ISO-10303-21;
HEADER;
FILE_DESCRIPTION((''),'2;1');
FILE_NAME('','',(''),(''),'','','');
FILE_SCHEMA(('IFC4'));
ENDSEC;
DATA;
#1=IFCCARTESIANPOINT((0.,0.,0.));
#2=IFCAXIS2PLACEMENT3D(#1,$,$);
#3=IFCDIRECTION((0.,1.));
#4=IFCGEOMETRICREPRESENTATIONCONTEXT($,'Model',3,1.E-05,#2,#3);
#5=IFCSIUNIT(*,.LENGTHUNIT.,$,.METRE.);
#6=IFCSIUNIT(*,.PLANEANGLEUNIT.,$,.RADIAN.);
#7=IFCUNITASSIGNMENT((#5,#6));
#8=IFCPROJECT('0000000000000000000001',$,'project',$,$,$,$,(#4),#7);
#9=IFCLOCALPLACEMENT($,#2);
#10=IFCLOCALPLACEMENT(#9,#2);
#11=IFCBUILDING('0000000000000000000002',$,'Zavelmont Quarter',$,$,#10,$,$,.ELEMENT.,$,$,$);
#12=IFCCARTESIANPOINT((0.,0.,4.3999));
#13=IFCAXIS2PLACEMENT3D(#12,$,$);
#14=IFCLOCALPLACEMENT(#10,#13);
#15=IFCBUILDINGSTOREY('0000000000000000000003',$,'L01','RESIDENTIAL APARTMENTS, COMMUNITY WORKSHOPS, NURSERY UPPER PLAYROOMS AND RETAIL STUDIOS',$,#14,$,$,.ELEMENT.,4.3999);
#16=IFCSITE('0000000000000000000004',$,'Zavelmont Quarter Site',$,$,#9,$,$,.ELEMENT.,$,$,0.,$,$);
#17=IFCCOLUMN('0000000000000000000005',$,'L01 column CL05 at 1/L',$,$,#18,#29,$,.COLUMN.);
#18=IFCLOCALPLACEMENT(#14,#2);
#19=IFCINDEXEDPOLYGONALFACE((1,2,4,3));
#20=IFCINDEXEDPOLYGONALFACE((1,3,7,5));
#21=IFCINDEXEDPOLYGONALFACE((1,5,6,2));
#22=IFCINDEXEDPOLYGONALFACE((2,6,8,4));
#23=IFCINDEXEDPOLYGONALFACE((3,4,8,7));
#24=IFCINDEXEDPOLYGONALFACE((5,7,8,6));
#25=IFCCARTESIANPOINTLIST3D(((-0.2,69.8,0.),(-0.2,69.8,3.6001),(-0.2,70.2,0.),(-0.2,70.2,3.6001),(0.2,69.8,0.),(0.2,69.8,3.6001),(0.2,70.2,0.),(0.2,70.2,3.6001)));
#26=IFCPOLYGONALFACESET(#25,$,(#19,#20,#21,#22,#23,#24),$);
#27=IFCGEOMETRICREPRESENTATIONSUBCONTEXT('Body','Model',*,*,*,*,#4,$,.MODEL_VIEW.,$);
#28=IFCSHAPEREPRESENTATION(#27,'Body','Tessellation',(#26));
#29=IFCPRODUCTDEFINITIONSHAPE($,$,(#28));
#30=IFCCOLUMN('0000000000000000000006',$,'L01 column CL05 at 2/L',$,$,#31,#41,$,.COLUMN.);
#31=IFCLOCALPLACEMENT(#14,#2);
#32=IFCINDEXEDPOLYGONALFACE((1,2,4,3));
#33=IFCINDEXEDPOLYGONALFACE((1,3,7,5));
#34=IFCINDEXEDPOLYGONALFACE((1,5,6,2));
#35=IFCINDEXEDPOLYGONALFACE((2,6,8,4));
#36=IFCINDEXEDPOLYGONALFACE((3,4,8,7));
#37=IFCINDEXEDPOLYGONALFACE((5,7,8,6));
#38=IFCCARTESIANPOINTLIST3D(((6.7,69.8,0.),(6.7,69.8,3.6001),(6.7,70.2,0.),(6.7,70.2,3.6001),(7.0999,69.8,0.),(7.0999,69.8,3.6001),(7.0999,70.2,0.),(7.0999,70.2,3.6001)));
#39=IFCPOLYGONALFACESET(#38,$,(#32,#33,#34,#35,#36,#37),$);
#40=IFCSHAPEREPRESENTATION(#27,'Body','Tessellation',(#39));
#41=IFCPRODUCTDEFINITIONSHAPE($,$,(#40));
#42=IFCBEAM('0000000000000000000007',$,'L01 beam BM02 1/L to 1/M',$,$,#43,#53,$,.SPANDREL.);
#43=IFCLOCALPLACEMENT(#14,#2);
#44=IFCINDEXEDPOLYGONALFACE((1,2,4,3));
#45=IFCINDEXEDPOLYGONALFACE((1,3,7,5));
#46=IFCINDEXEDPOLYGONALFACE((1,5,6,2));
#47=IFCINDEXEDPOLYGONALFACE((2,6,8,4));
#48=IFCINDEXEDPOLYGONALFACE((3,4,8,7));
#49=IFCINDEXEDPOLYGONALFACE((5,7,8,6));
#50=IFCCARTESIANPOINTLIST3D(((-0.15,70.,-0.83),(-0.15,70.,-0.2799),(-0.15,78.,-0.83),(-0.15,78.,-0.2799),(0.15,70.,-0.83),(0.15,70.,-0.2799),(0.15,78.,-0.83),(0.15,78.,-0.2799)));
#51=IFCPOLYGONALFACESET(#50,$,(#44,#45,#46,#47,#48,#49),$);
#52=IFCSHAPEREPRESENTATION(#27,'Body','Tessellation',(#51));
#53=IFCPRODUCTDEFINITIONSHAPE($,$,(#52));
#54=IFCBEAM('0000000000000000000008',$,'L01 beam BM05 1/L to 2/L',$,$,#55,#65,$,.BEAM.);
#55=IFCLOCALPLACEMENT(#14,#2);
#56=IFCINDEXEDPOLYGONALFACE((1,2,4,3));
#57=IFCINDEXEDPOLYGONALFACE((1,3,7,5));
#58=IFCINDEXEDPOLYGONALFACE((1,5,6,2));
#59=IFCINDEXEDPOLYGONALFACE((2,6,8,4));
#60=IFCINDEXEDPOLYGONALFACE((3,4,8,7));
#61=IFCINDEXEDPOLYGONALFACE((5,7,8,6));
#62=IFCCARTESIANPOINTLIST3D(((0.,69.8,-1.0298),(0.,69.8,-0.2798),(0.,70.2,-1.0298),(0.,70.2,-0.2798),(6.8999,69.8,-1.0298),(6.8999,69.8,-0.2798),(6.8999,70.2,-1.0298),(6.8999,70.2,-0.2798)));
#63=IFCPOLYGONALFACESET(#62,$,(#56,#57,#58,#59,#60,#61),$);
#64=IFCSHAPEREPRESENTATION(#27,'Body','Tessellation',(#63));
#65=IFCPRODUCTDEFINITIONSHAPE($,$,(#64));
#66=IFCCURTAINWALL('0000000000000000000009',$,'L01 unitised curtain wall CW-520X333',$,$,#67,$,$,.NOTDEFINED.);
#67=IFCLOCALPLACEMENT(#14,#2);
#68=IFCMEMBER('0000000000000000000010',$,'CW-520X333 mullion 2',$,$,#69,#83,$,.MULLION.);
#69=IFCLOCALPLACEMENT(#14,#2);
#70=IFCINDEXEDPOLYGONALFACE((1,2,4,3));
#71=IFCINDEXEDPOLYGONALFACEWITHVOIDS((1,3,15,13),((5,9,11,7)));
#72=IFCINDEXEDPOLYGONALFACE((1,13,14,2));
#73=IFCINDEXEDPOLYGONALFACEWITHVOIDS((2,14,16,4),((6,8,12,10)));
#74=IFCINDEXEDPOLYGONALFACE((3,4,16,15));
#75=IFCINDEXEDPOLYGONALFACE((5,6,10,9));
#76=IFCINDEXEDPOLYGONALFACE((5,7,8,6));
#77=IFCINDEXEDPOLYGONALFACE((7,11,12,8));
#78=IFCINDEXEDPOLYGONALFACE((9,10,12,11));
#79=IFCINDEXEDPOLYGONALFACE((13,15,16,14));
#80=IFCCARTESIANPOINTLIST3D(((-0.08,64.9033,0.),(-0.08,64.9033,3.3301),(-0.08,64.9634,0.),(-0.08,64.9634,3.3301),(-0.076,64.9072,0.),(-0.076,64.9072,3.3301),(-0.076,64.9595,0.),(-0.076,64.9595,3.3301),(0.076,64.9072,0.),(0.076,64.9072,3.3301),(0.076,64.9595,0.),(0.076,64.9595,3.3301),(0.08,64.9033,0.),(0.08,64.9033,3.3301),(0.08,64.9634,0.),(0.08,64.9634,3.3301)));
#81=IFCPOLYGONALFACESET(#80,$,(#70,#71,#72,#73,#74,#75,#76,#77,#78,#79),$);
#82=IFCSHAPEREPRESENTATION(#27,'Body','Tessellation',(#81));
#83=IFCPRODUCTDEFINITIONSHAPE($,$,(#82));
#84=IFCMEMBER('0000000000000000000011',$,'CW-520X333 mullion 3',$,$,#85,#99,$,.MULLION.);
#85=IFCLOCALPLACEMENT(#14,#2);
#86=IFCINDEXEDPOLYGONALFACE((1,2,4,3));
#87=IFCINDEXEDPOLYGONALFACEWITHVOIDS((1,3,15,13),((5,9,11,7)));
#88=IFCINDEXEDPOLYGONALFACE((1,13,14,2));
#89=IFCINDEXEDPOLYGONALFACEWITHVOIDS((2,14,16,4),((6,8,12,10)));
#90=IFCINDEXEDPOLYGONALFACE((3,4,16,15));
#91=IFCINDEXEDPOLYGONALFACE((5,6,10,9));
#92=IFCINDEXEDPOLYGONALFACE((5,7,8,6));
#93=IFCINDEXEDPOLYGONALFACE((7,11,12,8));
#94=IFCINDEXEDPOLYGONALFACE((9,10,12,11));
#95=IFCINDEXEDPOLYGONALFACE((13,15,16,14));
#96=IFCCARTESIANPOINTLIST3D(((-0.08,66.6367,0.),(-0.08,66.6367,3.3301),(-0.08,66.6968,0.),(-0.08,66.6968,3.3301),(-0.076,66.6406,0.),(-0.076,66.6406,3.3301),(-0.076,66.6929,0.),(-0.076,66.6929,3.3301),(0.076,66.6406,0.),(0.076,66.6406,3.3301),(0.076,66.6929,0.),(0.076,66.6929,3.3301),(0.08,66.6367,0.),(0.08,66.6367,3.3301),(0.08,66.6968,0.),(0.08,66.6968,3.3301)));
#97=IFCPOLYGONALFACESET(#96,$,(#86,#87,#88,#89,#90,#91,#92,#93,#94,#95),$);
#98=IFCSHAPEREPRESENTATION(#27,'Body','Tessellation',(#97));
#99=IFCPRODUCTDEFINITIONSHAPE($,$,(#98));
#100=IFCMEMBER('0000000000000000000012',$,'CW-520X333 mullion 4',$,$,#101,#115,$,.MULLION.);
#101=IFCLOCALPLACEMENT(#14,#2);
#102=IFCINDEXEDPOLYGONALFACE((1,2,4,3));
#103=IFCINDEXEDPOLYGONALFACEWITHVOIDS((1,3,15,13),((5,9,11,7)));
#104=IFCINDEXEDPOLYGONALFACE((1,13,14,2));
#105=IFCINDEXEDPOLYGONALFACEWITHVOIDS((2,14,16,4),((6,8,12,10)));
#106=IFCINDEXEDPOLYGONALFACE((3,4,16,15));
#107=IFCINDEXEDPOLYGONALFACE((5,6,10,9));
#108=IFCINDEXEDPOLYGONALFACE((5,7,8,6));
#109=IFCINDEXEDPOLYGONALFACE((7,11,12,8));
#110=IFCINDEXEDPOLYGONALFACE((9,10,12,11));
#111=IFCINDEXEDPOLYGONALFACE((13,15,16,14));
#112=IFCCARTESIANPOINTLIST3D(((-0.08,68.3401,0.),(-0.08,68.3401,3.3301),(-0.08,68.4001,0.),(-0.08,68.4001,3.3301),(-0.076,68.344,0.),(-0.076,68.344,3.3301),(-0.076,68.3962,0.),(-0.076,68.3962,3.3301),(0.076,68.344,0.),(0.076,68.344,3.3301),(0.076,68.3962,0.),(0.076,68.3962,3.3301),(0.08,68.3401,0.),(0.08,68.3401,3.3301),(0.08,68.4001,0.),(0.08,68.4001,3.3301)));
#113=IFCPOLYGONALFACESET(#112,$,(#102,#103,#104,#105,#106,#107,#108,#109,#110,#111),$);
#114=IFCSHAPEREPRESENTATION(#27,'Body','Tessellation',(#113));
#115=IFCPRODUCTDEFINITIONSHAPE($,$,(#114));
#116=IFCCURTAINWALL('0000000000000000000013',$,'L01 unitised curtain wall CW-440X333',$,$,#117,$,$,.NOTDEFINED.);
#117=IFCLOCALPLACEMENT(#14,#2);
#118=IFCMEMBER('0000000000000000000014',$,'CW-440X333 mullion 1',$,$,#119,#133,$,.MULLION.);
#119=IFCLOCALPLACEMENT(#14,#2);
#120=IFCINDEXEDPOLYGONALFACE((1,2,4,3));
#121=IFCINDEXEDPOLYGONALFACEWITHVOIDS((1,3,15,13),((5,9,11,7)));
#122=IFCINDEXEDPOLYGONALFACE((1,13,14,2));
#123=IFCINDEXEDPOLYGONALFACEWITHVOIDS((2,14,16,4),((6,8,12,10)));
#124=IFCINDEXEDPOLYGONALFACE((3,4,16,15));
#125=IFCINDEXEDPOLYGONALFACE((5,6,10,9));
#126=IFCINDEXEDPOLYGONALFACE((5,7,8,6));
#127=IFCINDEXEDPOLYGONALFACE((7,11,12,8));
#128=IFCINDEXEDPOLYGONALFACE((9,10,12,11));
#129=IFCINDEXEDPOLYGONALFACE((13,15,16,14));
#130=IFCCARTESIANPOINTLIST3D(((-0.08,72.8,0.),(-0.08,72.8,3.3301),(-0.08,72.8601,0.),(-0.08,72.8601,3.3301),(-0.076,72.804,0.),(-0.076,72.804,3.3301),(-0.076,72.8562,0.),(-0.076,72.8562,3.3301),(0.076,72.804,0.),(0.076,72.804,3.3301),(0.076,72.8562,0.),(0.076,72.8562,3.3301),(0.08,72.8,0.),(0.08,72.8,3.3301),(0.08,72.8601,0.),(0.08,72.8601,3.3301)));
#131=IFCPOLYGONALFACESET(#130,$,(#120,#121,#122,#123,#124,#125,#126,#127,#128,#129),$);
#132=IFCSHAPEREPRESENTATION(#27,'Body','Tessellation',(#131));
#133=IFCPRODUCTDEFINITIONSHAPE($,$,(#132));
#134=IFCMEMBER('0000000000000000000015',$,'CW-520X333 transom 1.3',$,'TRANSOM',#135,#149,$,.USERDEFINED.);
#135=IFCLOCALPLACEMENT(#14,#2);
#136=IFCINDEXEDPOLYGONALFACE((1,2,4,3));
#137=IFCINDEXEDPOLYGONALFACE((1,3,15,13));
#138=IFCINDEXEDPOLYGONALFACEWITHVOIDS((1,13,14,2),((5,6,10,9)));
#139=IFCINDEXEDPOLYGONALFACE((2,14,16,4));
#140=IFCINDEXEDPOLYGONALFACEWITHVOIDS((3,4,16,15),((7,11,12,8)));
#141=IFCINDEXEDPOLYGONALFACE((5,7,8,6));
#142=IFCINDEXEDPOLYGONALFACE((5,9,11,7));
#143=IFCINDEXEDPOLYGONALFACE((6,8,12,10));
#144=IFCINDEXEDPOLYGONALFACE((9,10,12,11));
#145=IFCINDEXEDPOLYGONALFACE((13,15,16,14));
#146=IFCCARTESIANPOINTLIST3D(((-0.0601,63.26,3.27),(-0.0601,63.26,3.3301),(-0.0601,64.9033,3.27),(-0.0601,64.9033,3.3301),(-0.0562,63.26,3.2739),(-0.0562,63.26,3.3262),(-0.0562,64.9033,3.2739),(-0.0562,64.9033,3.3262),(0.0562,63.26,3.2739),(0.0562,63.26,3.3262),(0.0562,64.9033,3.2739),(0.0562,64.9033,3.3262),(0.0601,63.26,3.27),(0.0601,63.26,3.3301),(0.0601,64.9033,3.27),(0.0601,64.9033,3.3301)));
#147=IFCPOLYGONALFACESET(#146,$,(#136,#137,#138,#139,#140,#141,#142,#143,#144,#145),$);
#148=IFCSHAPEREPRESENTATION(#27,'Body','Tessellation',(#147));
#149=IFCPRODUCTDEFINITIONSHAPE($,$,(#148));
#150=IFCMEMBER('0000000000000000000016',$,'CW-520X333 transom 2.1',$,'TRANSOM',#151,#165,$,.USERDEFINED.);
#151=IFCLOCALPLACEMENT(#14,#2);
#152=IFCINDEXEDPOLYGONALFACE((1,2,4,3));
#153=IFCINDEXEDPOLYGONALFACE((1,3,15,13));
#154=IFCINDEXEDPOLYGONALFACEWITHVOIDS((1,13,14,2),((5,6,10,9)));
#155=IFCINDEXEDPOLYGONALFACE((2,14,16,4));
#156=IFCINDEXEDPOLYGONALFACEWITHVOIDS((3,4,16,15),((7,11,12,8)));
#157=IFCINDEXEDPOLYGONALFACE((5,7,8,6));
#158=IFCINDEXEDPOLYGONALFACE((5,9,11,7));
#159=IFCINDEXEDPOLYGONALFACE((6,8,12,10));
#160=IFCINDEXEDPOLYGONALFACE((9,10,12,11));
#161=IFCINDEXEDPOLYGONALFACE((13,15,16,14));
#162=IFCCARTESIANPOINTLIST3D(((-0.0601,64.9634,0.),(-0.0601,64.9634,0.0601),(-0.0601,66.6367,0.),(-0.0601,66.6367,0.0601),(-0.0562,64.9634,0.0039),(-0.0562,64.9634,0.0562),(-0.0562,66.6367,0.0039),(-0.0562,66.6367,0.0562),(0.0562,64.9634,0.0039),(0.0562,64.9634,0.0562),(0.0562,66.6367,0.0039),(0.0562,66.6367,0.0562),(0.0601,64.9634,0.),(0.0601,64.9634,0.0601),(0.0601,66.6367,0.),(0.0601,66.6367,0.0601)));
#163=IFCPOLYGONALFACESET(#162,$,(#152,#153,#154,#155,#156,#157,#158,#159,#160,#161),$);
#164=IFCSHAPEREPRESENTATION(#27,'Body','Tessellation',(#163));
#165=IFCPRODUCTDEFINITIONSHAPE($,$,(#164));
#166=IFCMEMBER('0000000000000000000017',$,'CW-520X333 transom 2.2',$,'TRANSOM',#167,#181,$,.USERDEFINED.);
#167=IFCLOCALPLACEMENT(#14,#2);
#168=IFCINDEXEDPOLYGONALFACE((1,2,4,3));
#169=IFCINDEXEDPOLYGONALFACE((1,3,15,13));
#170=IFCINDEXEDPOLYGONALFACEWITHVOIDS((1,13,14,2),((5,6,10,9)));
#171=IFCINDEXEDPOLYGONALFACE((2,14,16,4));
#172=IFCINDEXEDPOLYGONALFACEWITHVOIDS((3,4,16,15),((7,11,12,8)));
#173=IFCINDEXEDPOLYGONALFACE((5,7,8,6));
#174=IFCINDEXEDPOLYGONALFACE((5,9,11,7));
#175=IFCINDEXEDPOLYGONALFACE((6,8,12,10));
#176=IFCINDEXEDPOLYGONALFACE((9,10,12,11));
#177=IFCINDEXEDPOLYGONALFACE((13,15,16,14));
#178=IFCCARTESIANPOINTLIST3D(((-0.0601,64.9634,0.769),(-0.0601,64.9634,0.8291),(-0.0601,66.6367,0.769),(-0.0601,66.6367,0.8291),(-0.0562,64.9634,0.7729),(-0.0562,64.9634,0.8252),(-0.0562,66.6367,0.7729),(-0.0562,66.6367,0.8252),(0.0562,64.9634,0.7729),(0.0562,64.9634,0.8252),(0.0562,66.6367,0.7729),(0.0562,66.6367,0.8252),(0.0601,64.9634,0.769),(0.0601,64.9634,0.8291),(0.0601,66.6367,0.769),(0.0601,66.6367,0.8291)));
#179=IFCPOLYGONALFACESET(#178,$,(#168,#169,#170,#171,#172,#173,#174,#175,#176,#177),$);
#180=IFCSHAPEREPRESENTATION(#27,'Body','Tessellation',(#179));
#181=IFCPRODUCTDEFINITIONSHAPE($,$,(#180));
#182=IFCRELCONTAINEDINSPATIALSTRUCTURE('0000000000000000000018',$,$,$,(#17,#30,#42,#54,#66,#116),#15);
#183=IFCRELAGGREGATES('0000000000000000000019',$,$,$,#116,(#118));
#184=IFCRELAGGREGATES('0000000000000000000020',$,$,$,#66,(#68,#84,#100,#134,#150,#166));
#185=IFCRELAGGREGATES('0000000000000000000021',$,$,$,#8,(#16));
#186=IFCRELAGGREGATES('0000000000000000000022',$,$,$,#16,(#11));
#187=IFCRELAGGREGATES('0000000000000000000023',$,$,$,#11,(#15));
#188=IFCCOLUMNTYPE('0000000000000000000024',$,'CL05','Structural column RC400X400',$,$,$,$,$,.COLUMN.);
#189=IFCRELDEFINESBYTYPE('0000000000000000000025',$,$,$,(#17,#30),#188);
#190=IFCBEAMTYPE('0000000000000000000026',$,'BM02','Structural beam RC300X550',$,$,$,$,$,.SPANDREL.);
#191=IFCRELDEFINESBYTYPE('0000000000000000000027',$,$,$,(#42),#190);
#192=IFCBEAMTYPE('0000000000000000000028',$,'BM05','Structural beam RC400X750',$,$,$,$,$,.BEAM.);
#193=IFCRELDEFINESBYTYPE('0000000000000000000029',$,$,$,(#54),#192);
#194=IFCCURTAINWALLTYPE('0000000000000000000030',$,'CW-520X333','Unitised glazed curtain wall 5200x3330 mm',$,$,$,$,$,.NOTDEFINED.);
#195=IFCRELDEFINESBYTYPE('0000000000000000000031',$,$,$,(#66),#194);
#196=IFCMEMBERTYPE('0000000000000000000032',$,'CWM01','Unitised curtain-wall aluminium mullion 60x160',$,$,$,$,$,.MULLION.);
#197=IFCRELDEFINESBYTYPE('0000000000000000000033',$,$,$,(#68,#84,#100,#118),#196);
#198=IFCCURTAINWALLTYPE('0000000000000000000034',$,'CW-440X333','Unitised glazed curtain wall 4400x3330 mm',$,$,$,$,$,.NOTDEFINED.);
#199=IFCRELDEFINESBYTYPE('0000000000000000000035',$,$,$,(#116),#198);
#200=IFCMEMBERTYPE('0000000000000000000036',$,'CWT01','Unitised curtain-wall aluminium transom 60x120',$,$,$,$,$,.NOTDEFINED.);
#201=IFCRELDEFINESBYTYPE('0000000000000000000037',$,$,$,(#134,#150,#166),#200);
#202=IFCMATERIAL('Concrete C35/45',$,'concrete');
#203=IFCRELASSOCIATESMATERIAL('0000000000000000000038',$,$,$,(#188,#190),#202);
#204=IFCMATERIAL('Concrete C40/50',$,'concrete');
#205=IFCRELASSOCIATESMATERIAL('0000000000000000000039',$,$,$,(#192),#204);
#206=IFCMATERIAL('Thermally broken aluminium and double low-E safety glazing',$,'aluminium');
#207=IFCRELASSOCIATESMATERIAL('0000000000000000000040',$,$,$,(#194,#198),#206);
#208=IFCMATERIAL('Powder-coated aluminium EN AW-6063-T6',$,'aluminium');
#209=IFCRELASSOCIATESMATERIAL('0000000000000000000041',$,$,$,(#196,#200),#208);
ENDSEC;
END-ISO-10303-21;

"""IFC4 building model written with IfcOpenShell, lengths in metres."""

from ifc_helpers import new_model, si_unit, direction, frame, origin, origin_2d, place, context, subcontext, project, spatial, rectangle, hollow_rectangle, extrude, material, material_profile, profile_set, type_object, element, aggregate, save


model = new_model("IFC4")

# Units and contexts
model_context = context("Model", 3, precision=1e-05, world=origin(), true_north=direction((0.0, 1.0)))
body_context = subcontext(model_context, "Body", "Model", "MODEL_VIEW")
ifc_project = project(units=[si_unit("LENGTHUNIT", "METRE"), si_unit("PLANEANGLEUNIT", "RADIAN")], contexts=[model_context])

# Site, building, storey
site_placement = place(None, origin())
site = spatial("IfcSite", under=ifc_project, at=site_placement, Name="Zavelmont Quarter Site", CompositionType="ELEMENT", RefElevation=0.0)
building_placement = place(site_placement, origin())
building = spatial("IfcBuilding", under=site, at=building_placement, Name="Zavelmont Quarter", CompositionType="ELEMENT")
storey_placement = place(building_placement, frame((0.0, 0.0, 4.3999)))
storey = spatial("IfcBuildingStorey", under=building, at=storey_placement, Name="L01", Description="RESIDENTIAL APARTMENTS, COMMUNITY WORKSHOPS, NURSERY UPPER PLAYROOMS AND RETAIL STUDIOS", CompositionType="ELEMENT", Elevation=4.3999)

# Columns
ifc_material_1 = material(Name="Concrete C35/45", Category="concrete")
ifc_material_profile_1 = material_profile(ifc_material_1, rectangle(XDim=0.3999, YDim=0.3999, at=origin_2d()), Name="RC400X400")
ifc_profile_set_1 = profile_set([ifc_material_profile_1], Name="Concrete C35/45")
column_type = type_object("IfcColumnType", Name="CL05", Description="Structural column RC400X400", PredefinedType="COLUMN", material=ifc_profile_set_1)
for number, where, z_axis, x_axis, name in (
    (1, (0.0, 70.0, 0.0), (0.0, 0.0, 1.0), (1.0, 0.0, 0.0), "L01 column CL05 at 1/L"),
    (2, (6.8999, 70.0, 0.0), (0.0, 0.0, 1.0), (1.0, 0.0, 0.0), "L01 column CL05 at 2/L"),
):
    element("IfcColumn", number, at=place(storey_placement, frame(where, z_axis=z_axis, x_axis=x_axis)), inside=storey, type_object=column_type, Name=name, PredefinedType="COLUMN", context=body_context, shape_type="SweptSolid", body=[
        extrude(rectangle(XDim=0.3999, YDim=0.3999, at=origin_2d()), origin(), (0.0, 0.0, 1.0), 3.6001),
    ])

# Beams
ifc_material_profile_2 = material_profile(ifc_material_1, rectangle(XDim=0.3, YDim=0.55, at=origin_2d()), Name="RC300X550")
ifc_profile_set_2 = profile_set([ifc_material_profile_2], Name="Concrete C35/45")
beam_type_1 = type_object("IfcBeamType", Name="BM02", Description="Structural beam RC300X550", PredefinedType="SPANDREL", material=ifc_profile_set_2)
beam_1_placement = place(storey_placement, frame((0.0, 70.0, -0.5549), z_axis=(0.0, 1.0, 0.0), x_axis=(-1.0, 0.0, 0.0)))
element("IfcBeam", 3, at=beam_1_placement, inside=storey, type_object=beam_type_1, Name="L01 beam BM02 1/L to 1/M", PredefinedType="SPANDREL", context=body_context, shape_type="SweptSolid", body=[
    extrude(rectangle(XDim=0.3, YDim=0.55, at=origin_2d()), origin(), (0.0, 0.0, 1.0), 8.0),
])
ifc_material_2 = material(Name="Concrete C40/50", Category="concrete")
ifc_material_profile_3 = material_profile(ifc_material_2, rectangle(XDim=0.3999, YDim=0.75, at=origin_2d()), Name="RC400X750")
ifc_profile_set_3 = profile_set([ifc_material_profile_3], Name="Concrete C40/50")
beam_type_2 = type_object("IfcBeamType", Name="BM05", Description="Structural beam RC400X750", PredefinedType="BEAM", material=ifc_profile_set_3)
beam_2_placement = place(storey_placement, frame((0.0, 70.0, -0.6548), z_axis=(1.0, 0.0, 0.0), x_axis=(0.0, 1.0, 0.0)))
element("IfcBeam", 4, at=beam_2_placement, inside=storey, type_object=beam_type_2, Name="L01 beam BM05 1/L to 2/L", PredefinedType="BEAM", context=body_context, shape_type="SweptSolid", body=[
    extrude(rectangle(XDim=0.3999, YDim=0.75, at=origin_2d()), origin(), (0.0, 0.0, 1.0), 6.8999),
])

# Curtain wall, members
ifc_material_3 = material(Name="Thermally broken aluminium and double low-E safety glazing", Category="aluminium")
curtain_wall_type_1 = type_object("IfcCurtainWallType", Name="CW-520X333", Description="Unitised glazed curtain wall 5200x3330 mm", PredefinedType="NOTDEFINED", material=ifc_material_3)
curtain_wall_1_placement = place(storey_placement, origin())
curtain_wall_1 = element("IfcCurtainWall", 5, at=curtain_wall_1_placement, inside=storey, type_object=curtain_wall_type_1, Name="L01 unitised curtain wall CW-520X333", PredefinedType="NOTDEFINED")
ifc_material_4 = material(Name="Powder-coated aluminium EN AW-6063-T6", Category="aluminium")
ifc_material_profile_4 = material_profile(ifc_material_4, hollow_rectangle(XDim=0.0601, YDim=0.1599, WallThickness=0.0039, at=origin_2d()), Name="CWM60X160")
ifc_profile_set_4 = profile_set([ifc_material_profile_4], Name="Powder-coated aluminium EN AW-6063-T6")
member_type_1 = type_object("IfcMemberType", Name="CWM01", Description="Unitised curtain-wall aluminium mullion 60x160", PredefinedType="MULLION", material=ifc_profile_set_4)
member_1_placement = place(storey_placement, frame((0.0, 64.9333, 0.0), z_axis=(0.0, 0.0, 1.0), x_axis=(0.0, 1.0, 0.0)))
member_1 = element("IfcMember", 6, at=member_1_placement, type_object=member_type_1, Name="CW-520X333 mullion 2", PredefinedType="MULLION", context=body_context, shape_type="SweptSolid", body=[
    extrude(hollow_rectangle(XDim=0.0601, YDim=0.1599, WallThickness=0.0039, at=origin_2d()), origin(), (0.0, 0.0, 1.0), 3.3301),
])
member_2_placement = place(storey_placement, frame((0.0, 66.6667, 0.0), z_axis=(0.0, 0.0, 1.0), x_axis=(0.0, 1.0, 0.0)))
member_2 = element("IfcMember", 7, at=member_2_placement, type_object=member_type_1, Name="CW-520X333 mullion 3", PredefinedType="MULLION", context=body_context, shape_type="SweptSolid", body=[
    extrude(hollow_rectangle(XDim=0.0601, YDim=0.1599, WallThickness=0.0039, at=origin_2d()), origin(), (0.0, 0.0, 1.0), 3.3301),
])
member_3_placement = place(storey_placement, frame((0.0, 68.3701, 0.0), z_axis=(0.0, 0.0, 1.0), x_axis=(0.0, 1.0, 0.0)))
member_3 = element("IfcMember", 8, at=member_3_placement, type_object=member_type_1, Name="CW-520X333 mullion 4", PredefinedType="MULLION", context=body_context, shape_type="SweptSolid", body=[
    extrude(hollow_rectangle(XDim=0.0601, YDim=0.1599, WallThickness=0.0039, at=origin_2d()), origin(), (0.0, 0.0, 1.0), 3.3301),
])

# Curtain wall, member
curtain_wall_type_2 = type_object("IfcCurtainWallType", Name="CW-440X333", Description="Unitised glazed curtain wall 4400x3330 mm", PredefinedType="NOTDEFINED", material=ifc_material_3)
curtain_wall_2_placement = place(storey_placement, origin())
curtain_wall_2 = element("IfcCurtainWall", 9, at=curtain_wall_2_placement, inside=storey, type_object=curtain_wall_type_2, Name="L01 unitised curtain wall CW-440X333", PredefinedType="NOTDEFINED")
member_4_placement = place(storey_placement, frame((0.0, 72.8301, 0.0), z_axis=(0.0, 0.0, 1.0), x_axis=(0.0, 1.0, 0.0)))
member_4 = element("IfcMember", 10, at=member_4_placement, type_object=member_type_1, Name="CW-440X333 mullion 1", PredefinedType="MULLION", context=body_context, shape_type="SweptSolid", body=[
    extrude(hollow_rectangle(XDim=0.0601, YDim=0.1599, WallThickness=0.0039, at=origin_2d()), origin(), (0.0, 0.0, 1.0), 3.3301),
])

# Members
ifc_material_profile_5 = material_profile(ifc_material_4, hollow_rectangle(XDim=0.1201, YDim=0.0601, WallThickness=0.0039, at=origin_2d()), Name="CWT60X120")
ifc_profile_set_5 = profile_set([ifc_material_profile_5], Name="Powder-coated aluminium EN AW-6063-T6")
member_type_2 = type_object("IfcMemberType", Name="CWT01", Description="Unitised curtain-wall aluminium transom 60x120", PredefinedType="NOTDEFINED", material=ifc_profile_set_5)
member_5_placement = place(storey_placement, frame((0.0, 63.26, 3.3), z_axis=(0.0, 1.0, 0.0), x_axis=(-1.0, 0.0, 0.0)))
member_5 = element("IfcMember", 11, at=member_5_placement, type_object=member_type_2, Name="CW-520X333 transom 1.3", ObjectType="TRANSOM", PredefinedType="USERDEFINED", context=body_context, shape_type="SweptSolid", body=[
    extrude(hollow_rectangle(XDim=0.1201, YDim=0.0601, WallThickness=0.0039, at=origin_2d()), origin(), (0.0, 0.0, 1.0), 1.6433),
])
member_6_placement = place(storey_placement, frame((0.0, 64.9634, 0.03), z_axis=(0.0, 1.0, 0.0), x_axis=(-1.0, 0.0, 0.0)))
member_6 = element("IfcMember", 12, at=member_6_placement, type_object=member_type_2, Name="CW-520X333 transom 2.1", ObjectType="TRANSOM", PredefinedType="USERDEFINED", context=body_context, shape_type="SweptSolid", body=[
    extrude(hollow_rectangle(XDim=0.1201, YDim=0.0601, WallThickness=0.0039, at=origin_2d()), origin(), (0.0, 0.0, 1.0), 1.6733),
])
member_7_placement = place(storey_placement, frame((0.0, 64.9634, 0.7991), z_axis=(0.0, 1.0, 0.0), x_axis=(-1.0, 0.0, 0.0)))
member_7 = element("IfcMember", 13, at=member_7_placement, type_object=member_type_2, Name="CW-520X333 transom 2.2", ObjectType="TRANSOM", PredefinedType="USERDEFINED", context=body_context, shape_type="SweptSolid", body=[
    extrude(hollow_rectangle(XDim=0.1201, YDim=0.0601, WallThickness=0.0039, at=origin_2d()), origin(), (0.0, 0.0, 1.0), 1.6733),
])
aggregate(curtain_wall_2, [member_4])

aggregate(curtain_wall_1, [member_1, member_2, member_3, member_5, member_6, member_7])

save(model, "model.ifc")
